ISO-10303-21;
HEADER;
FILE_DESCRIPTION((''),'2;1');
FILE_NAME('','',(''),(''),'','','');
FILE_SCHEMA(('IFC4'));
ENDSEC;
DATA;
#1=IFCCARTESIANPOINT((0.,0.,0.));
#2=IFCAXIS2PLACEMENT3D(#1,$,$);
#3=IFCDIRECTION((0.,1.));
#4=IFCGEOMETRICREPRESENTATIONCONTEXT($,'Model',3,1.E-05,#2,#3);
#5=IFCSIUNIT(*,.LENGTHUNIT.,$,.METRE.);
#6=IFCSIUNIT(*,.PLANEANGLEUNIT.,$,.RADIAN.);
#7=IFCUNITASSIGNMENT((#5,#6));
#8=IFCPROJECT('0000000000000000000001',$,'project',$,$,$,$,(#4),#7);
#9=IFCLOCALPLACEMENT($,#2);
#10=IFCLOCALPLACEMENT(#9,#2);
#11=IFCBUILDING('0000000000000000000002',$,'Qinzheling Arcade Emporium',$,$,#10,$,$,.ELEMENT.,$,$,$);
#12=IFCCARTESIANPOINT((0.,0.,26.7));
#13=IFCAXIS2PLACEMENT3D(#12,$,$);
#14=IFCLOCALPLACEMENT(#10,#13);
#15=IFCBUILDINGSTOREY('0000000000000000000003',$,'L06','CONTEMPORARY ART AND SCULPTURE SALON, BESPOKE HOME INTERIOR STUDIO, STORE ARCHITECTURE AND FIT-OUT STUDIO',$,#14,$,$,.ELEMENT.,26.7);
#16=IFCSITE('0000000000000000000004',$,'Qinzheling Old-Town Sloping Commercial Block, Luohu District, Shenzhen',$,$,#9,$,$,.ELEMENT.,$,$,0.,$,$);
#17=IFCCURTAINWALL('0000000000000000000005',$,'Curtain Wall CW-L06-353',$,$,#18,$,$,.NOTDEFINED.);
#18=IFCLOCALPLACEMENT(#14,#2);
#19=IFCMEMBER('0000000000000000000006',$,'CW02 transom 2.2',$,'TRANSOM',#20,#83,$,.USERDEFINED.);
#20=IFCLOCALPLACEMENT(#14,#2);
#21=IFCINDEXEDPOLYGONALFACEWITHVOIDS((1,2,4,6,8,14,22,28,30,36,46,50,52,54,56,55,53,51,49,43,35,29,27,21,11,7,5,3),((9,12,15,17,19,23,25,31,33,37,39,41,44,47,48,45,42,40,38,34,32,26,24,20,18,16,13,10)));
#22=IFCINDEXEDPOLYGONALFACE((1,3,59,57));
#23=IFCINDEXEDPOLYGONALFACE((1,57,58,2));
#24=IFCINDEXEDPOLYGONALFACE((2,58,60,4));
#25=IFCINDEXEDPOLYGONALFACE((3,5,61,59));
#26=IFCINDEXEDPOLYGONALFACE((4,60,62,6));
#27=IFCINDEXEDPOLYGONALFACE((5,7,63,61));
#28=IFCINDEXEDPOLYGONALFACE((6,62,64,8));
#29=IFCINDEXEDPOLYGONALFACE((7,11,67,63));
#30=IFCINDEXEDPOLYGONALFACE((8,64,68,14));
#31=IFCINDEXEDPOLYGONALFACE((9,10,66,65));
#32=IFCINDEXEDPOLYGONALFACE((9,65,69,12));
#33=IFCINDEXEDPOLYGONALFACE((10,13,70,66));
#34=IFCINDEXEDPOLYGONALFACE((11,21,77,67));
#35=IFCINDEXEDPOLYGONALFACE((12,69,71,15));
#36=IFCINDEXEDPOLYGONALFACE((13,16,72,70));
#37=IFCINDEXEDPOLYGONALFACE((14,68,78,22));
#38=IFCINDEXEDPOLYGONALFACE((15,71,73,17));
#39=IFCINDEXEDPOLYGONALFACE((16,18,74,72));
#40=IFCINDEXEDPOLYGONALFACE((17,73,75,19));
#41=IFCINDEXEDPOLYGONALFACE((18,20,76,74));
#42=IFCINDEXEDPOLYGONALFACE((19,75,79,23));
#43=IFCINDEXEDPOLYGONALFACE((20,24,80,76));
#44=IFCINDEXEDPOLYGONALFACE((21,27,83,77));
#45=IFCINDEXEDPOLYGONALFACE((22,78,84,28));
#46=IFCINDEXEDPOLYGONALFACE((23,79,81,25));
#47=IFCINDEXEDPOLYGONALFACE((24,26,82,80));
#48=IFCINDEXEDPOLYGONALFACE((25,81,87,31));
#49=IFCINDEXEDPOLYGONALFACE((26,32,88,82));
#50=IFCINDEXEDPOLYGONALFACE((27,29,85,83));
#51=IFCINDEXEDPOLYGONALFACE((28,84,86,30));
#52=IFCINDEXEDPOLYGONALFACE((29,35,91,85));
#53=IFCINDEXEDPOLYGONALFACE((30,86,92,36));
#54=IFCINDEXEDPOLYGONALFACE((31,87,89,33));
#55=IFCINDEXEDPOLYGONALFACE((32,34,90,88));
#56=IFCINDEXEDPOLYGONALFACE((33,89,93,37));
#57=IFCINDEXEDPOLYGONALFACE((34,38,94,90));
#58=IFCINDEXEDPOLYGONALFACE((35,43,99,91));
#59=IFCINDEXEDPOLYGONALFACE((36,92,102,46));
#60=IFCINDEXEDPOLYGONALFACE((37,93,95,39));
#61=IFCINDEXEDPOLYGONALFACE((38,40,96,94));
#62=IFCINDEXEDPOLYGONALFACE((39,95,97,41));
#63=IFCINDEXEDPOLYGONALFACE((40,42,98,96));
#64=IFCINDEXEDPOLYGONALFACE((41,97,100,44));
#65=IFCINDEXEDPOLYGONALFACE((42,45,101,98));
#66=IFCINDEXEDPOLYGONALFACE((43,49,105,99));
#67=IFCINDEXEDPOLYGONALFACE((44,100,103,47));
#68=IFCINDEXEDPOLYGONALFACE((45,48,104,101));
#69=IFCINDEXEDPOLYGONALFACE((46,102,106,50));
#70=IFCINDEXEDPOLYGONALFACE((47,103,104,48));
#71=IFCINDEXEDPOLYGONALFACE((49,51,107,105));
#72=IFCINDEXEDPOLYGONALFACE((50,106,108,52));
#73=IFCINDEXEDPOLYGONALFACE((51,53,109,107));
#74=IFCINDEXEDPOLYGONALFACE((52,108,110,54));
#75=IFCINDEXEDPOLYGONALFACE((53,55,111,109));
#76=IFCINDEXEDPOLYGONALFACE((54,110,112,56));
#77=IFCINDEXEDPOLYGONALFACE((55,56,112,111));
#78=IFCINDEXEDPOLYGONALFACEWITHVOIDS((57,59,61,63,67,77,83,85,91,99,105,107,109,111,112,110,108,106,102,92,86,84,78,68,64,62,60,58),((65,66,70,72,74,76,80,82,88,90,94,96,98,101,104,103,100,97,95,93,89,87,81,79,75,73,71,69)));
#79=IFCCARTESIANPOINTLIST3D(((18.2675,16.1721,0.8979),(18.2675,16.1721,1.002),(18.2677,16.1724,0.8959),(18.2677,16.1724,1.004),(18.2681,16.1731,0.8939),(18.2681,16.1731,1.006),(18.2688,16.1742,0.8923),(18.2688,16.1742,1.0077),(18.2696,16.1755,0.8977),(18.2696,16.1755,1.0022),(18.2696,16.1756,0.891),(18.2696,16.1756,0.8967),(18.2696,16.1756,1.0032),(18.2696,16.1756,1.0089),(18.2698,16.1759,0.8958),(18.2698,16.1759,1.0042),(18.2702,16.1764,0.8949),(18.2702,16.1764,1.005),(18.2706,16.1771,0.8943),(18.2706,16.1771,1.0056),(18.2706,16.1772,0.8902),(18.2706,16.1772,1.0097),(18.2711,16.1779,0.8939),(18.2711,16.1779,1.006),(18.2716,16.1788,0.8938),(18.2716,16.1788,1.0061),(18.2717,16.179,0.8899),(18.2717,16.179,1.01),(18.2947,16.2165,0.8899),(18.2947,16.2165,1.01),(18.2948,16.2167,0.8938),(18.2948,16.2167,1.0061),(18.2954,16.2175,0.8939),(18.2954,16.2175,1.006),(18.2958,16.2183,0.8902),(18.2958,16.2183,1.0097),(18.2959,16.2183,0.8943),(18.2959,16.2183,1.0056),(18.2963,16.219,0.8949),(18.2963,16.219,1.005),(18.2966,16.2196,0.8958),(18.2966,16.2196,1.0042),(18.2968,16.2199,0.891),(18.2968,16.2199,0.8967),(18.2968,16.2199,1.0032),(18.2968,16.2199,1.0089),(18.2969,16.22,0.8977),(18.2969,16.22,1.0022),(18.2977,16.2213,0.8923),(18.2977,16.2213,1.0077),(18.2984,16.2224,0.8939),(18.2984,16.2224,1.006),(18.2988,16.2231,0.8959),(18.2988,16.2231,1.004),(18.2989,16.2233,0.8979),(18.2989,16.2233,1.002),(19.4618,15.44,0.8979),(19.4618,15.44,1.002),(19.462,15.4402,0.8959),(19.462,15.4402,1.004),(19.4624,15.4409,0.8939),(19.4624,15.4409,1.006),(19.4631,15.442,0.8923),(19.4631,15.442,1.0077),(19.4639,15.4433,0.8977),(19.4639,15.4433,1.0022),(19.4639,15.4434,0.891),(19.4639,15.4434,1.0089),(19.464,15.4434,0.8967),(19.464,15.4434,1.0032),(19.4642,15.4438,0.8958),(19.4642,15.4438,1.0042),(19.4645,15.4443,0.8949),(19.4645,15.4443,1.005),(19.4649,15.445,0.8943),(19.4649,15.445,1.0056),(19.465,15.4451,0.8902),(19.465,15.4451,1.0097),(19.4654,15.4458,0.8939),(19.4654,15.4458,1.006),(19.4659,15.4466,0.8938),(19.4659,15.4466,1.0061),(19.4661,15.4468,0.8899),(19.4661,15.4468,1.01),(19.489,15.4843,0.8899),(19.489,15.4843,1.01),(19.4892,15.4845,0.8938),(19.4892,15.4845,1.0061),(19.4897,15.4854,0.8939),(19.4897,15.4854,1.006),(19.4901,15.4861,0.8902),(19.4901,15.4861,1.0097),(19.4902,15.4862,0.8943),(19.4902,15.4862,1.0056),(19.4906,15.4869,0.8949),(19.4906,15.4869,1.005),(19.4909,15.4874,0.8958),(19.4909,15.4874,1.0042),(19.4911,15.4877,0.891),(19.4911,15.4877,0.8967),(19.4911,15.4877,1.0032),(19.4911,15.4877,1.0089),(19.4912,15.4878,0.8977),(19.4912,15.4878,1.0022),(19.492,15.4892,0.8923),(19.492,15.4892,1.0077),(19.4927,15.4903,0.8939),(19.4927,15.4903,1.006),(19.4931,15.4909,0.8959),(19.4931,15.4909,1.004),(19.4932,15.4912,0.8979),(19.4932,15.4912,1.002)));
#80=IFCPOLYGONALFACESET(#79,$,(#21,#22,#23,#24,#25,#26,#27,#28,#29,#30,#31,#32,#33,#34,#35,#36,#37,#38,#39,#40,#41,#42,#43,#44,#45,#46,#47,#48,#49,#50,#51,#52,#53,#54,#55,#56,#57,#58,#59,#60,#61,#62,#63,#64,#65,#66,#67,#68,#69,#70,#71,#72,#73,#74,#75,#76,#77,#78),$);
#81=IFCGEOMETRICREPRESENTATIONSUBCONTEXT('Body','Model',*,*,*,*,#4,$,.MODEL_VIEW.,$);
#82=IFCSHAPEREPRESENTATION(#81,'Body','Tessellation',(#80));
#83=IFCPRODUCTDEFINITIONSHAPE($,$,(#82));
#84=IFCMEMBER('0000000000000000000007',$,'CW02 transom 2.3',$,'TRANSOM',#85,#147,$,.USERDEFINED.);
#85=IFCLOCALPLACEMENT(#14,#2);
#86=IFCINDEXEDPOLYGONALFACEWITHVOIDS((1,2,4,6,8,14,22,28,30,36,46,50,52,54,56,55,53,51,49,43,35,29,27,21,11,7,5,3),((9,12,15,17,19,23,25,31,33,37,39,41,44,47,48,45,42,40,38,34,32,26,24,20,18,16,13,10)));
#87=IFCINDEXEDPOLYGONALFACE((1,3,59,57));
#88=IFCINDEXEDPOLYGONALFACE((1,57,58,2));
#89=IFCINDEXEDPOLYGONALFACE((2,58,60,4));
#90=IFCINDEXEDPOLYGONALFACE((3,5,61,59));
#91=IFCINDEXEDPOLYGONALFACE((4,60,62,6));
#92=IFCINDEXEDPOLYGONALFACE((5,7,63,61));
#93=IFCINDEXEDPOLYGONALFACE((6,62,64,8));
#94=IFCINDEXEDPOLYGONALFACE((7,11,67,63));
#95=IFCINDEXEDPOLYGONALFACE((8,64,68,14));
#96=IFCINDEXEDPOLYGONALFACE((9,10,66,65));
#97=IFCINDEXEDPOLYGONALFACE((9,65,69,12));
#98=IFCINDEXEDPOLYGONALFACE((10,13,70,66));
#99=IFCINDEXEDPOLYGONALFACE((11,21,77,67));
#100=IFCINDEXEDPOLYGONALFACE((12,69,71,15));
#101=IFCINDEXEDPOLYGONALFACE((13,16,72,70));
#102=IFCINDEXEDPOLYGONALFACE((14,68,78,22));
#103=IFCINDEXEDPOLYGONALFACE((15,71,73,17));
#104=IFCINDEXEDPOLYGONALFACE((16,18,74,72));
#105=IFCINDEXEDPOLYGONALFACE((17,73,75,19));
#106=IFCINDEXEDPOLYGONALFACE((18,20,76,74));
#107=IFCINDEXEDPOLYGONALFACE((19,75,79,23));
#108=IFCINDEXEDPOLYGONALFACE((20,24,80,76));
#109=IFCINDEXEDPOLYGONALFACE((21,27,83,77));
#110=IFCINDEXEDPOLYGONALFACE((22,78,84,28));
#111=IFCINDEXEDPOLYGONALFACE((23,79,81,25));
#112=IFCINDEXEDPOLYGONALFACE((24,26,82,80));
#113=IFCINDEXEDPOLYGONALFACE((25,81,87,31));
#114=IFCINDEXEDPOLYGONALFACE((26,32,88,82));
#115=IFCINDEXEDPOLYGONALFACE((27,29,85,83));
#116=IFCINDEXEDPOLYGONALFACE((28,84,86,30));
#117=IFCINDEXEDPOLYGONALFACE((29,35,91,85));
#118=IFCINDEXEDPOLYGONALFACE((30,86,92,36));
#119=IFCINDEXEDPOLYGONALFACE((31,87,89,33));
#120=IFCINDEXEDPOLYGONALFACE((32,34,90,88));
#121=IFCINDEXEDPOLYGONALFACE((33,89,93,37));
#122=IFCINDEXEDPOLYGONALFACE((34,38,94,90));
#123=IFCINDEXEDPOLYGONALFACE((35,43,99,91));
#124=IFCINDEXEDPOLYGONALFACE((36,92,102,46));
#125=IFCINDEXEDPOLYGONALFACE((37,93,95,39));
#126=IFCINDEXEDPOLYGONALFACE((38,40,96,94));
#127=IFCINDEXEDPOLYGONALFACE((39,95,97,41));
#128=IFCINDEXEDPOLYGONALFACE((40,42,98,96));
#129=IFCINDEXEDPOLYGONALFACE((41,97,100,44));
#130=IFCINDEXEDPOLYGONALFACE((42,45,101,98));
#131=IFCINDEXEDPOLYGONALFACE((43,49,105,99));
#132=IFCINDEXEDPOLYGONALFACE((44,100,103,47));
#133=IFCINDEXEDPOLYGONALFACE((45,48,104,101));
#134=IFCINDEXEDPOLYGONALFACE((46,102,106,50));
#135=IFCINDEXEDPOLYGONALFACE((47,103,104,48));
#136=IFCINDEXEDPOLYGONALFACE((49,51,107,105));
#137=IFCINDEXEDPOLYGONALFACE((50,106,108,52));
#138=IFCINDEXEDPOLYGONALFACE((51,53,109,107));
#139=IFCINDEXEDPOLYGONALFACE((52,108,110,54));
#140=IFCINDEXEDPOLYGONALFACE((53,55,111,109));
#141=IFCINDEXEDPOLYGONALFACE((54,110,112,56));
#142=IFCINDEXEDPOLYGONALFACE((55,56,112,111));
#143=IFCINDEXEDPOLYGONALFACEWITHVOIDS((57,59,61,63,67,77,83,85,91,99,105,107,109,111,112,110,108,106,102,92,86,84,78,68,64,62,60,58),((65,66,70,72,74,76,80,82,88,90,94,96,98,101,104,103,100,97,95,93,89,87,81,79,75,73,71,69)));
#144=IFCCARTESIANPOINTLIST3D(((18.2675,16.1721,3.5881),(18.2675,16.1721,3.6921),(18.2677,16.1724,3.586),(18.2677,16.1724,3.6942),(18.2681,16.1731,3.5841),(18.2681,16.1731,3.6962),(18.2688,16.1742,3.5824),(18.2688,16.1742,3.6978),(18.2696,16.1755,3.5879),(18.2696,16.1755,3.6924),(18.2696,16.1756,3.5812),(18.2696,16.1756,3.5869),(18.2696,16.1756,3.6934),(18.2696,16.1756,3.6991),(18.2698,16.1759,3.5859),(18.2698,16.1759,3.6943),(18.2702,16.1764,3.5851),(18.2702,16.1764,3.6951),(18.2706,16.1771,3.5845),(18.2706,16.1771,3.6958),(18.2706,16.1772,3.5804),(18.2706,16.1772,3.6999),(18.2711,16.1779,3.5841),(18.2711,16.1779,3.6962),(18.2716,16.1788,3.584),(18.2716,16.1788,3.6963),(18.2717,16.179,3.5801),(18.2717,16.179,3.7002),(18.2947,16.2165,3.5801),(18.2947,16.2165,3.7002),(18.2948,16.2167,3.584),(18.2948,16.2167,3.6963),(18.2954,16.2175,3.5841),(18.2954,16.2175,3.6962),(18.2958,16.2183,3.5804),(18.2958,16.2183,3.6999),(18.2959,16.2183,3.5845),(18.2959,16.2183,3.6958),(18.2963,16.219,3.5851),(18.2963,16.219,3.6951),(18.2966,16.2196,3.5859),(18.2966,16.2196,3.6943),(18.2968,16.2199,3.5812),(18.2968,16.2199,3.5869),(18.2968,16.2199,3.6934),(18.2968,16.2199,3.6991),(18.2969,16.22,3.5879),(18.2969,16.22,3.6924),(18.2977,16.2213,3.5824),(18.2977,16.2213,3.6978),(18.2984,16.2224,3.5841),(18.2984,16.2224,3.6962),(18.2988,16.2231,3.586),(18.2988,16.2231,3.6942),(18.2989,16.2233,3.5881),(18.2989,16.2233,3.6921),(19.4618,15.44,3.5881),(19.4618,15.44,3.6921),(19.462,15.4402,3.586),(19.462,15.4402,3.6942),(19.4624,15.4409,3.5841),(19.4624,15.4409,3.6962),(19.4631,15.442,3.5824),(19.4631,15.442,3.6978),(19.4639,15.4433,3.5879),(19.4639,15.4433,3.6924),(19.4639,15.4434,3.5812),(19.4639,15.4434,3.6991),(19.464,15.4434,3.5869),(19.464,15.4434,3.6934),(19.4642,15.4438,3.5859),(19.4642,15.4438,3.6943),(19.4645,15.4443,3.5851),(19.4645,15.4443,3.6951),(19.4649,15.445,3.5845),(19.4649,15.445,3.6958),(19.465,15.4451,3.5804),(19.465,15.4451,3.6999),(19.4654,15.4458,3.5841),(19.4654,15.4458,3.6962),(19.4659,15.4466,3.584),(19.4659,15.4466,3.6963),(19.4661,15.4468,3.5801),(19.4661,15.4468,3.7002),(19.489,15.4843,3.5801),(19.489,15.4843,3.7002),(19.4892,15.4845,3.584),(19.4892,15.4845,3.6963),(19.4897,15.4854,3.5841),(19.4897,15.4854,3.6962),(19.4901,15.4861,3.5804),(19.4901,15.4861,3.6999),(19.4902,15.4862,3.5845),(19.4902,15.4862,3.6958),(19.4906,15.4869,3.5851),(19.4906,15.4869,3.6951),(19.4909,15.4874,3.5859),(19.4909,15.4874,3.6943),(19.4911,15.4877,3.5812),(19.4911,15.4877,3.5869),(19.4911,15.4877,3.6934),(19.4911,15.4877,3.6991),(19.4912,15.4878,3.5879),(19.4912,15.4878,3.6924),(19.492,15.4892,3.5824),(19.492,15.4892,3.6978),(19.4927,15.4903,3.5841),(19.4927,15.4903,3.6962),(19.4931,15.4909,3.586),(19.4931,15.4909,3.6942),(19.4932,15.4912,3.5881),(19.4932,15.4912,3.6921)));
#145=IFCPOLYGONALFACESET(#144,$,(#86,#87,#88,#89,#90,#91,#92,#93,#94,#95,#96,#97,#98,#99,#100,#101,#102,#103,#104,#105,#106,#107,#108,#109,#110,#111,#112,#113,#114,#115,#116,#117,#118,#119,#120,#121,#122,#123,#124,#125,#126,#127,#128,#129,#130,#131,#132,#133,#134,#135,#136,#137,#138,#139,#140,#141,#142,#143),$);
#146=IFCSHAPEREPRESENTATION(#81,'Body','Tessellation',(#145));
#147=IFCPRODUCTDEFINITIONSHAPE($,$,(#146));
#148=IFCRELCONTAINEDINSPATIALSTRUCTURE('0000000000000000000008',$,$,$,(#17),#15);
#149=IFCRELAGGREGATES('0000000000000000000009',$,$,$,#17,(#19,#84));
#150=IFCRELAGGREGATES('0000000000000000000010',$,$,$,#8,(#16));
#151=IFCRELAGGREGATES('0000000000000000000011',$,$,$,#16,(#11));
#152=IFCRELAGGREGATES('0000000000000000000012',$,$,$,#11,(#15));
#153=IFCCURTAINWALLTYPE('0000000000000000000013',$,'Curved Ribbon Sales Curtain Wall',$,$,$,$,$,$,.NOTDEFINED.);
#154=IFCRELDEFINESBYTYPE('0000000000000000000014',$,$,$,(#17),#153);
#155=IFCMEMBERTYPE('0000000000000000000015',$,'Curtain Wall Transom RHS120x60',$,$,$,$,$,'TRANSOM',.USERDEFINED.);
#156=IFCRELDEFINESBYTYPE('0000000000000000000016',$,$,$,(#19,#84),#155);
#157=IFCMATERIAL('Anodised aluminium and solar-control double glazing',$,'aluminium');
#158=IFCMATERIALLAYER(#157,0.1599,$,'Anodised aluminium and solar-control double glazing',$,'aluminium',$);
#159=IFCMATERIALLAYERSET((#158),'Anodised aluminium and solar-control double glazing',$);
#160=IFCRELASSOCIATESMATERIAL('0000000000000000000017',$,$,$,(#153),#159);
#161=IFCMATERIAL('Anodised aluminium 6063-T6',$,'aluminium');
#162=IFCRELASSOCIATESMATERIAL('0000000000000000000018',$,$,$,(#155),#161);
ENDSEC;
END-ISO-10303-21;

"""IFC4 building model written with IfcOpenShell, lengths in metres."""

from ifc_helpers import new_model, si_unit, direction, frame, origin, origin_2d, place, context, subcontext, project, spatial, hollow_rectangle, extrude, material, layer, layer_set, material_profile, profile_set, type_object, element, aggregate, save


model = new_model("IFC4")

# Units and contexts
model_context = context("Model", 3, precision=1e-05, world=origin(), true_north=direction((0.0, 1.0)))
body_context = subcontext(model_context, "Body", "Model", "MODEL_VIEW")
ifc_project = project(units=[si_unit("LENGTHUNIT", "METRE"), si_unit("PLANEANGLEUNIT", "RADIAN")], contexts=[model_context])

# Site, building, storey
site_placement = place(None, origin())
site = spatial("IfcSite", under=ifc_project, at=site_placement, Name="Qinzheling Old-Town Sloping Commercial Block, Luohu District, Shenzhen", CompositionType="ELEMENT", RefElevation=0.0)
building_placement = place(site_placement, origin())
building = spatial("IfcBuilding", under=site, at=building_placement, Name="Qinzheling Arcade Emporium", CompositionType="ELEMENT")
storey_placement = place(building_placement, frame((0.0, 0.0, 26.7)))
storey = spatial("IfcBuildingStorey", under=building, at=storey_placement, Name="L06", Description="CONTEMPORARY ART AND SCULPTURE SALON, BESPOKE HOME INTERIOR STUDIO, STORE ARCHITECTURE AND FIT-OUT STUDIO", CompositionType="ELEMENT", Elevation=26.7)

# Curtain wall
ifc_material_1 = material(Name="Anodised aluminium and solar-control double glazing", Category="aluminium")
ifc_layer_1 = layer(ifc_material_1, 0.1599, Name="Anodised aluminium and solar-control double glazing", Category="aluminium")
ifc_layer_set_1 = layer_set([ifc_layer_1], Name="Anodised aluminium and solar-control double glazing")
curtain_wall_type = type_object("IfcCurtainWallType", Name="Curved Ribbon Sales Curtain Wall", PredefinedType="NOTDEFINED", material=ifc_layer_set_1)
ifc_material_2 = material(Name="Anodised aluminium 6063-T6", Category="aluminium")
curtain_wall_1_placement = place(storey_placement, origin())
curtain_wall_1 = element("IfcCurtainWall", 1, at=curtain_wall_1_placement, inside=storey, type_object=curtain_wall_type, Name="Curtain Wall CW-L06-353", PredefinedType="NOTDEFINED")

# Members
ifc_material_profile_1 = material_profile(ifc_material_2, hollow_rectangle(XDim=0.0601, YDim=0.1201, WallThickness=0.0039, InnerFilletRadius=0.0039, OuterFilletRadius=0.0081, at=origin_2d()), Name="RHS 120x60x4", Category="aluminium")
ifc_profile_set_1 = profile_set([ifc_material_profile_1], Name="Anodised aluminium 6063-T6")
member_type_1 = type_object("IfcMemberType", Name="Curtain Wall Transom RHS120x60", ElementType="TRANSOM", PredefinedType="USERDEFINED", material=ifc_profile_set_1)
member_1_placement = place(storey_placement, frame((19.4775, 15.4656, 0.95), z_axis=(-0.852549, 0.522648, 0.0), x_axis=(-0.522648, -0.852549, 0.0)))
member_1 = element("IfcMember", 2, at=member_1_placement, type_object=member_type_1, Name="CW02 transom 2.2", ObjectType="TRANSOM", PredefinedType="USERDEFINED", context=body_context, shape_type="SweptSolid", body=[
    extrude(hollow_rectangle(XDim=0.0601, YDim=0.1201, WallThickness=0.0039, InnerFilletRadius=0.0039, OuterFilletRadius=0.0081, at=origin_2d()), origin(), (0.0, 0.0, 1.0), 1.4009),
])
member_2_placement = place(storey_placement, frame((19.4775, 15.4656, 3.6401), z_axis=(-0.852549, 0.522648, 0.0), x_axis=(-0.522648, -0.852549, 0.0)))
member_2 = element("IfcMember", 3, at=member_2_placement, type_object=member_type_1, Name="CW02 transom 2.3", ObjectType="TRANSOM", PredefinedType="USERDEFINED", context=body_context, shape_type="SweptSolid", body=[
    extrude(hollow_rectangle(XDim=0.0601, YDim=0.1201, WallThickness=0.0039, InnerFilletRadius=0.0039, OuterFilletRadius=0.0081, at=origin_2d()), origin(), (0.0, 0.0, 1.0), 1.4009),
])

aggregate(curtain_wall_1, [member_1, member_2])

save(model, "model.ifc")
